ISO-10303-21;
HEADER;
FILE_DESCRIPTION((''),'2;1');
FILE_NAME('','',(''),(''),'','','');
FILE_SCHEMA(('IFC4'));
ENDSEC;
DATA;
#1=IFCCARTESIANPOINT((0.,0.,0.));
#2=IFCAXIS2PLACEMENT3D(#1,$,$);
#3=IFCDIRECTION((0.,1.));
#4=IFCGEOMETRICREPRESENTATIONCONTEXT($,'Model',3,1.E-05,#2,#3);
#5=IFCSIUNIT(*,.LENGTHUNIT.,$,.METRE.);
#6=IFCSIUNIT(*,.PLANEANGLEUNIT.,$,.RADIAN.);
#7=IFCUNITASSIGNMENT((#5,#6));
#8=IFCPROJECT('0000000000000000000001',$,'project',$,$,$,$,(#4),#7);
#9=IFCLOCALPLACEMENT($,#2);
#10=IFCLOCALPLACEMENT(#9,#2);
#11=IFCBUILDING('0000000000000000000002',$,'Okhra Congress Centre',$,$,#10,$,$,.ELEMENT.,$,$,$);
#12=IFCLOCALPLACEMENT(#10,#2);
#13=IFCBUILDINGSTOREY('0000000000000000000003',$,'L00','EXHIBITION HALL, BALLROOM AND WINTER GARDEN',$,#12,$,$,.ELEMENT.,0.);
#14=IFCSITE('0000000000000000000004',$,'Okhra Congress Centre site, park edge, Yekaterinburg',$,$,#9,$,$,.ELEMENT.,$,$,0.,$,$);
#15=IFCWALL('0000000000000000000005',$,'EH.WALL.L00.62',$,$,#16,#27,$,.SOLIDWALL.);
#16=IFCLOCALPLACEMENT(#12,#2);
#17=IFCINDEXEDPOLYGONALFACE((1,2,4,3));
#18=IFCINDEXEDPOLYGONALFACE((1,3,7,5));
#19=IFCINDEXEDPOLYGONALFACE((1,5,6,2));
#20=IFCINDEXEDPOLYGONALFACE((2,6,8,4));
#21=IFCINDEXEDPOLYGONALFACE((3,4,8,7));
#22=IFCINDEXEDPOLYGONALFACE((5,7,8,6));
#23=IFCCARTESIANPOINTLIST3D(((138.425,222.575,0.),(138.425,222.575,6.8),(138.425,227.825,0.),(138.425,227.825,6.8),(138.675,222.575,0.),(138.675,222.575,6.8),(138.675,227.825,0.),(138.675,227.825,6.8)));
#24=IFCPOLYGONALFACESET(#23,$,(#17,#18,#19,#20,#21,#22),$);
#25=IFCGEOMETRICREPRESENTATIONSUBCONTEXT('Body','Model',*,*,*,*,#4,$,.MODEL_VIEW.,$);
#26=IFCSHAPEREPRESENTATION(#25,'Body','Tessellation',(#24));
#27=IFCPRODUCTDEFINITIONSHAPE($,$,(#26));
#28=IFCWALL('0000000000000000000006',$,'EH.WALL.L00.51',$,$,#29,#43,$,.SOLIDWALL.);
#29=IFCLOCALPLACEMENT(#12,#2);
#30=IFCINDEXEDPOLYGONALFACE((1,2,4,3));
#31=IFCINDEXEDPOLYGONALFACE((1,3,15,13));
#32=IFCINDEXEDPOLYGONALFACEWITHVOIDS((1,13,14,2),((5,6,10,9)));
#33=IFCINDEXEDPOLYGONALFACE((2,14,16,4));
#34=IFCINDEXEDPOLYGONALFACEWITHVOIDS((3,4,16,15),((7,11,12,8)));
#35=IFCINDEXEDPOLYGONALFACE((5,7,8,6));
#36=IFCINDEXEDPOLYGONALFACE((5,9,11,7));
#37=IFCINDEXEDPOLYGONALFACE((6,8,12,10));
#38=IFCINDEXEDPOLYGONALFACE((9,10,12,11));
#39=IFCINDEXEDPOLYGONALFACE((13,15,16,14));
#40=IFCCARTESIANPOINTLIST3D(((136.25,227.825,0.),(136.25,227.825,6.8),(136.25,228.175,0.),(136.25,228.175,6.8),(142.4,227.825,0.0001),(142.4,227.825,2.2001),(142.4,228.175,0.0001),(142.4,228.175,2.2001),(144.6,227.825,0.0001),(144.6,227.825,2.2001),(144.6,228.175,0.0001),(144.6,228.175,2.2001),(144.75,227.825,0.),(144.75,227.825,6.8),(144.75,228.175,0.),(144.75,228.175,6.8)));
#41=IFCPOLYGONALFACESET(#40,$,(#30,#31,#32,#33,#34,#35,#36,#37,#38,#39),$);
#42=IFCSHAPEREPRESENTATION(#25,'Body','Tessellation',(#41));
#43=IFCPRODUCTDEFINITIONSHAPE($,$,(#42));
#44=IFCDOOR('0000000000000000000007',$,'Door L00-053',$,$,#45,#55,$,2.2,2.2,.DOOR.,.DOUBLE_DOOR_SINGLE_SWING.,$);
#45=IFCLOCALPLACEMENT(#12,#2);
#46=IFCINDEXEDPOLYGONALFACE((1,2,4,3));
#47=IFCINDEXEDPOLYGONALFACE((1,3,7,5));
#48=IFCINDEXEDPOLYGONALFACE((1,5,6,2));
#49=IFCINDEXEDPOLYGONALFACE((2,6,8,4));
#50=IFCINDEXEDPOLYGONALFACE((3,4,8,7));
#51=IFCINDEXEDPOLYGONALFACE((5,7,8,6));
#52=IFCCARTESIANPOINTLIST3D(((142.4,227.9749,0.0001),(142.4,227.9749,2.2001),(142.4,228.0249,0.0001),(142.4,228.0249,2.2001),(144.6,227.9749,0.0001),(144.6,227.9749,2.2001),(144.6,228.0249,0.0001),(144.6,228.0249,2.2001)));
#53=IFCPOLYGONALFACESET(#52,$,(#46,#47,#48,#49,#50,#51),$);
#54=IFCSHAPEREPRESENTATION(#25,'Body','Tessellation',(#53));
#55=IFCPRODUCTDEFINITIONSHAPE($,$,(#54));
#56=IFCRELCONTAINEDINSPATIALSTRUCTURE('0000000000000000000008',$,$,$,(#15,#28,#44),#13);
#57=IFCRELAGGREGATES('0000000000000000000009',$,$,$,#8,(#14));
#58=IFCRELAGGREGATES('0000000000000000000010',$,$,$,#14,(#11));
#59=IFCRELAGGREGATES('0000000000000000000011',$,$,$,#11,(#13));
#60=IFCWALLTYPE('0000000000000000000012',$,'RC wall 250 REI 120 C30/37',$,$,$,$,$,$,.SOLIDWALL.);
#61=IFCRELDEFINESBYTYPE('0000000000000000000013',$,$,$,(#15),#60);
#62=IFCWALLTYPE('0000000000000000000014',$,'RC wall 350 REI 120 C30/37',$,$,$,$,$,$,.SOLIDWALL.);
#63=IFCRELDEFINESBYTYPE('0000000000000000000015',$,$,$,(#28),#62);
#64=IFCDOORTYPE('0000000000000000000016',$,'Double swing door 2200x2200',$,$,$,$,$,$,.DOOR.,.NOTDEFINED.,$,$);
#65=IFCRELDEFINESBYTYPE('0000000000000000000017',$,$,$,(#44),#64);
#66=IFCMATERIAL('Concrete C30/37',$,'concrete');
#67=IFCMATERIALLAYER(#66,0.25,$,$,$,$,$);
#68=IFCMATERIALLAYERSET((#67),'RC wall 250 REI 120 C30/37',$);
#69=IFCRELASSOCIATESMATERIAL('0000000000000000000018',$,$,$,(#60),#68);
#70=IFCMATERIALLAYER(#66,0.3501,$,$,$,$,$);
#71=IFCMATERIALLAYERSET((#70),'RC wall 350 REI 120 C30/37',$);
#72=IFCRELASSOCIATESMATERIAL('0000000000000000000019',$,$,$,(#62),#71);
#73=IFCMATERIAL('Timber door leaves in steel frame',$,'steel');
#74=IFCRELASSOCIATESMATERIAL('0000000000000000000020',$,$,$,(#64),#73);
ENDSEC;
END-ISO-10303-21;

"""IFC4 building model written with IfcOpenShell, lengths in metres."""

from ifc_helpers import new_model, si_unit, direction, frame, frame_2d, origin, place, context, subcontext, project, spatial, rectangle, extrude, material, layer, layer_set, type_object, element, fill, save


model = new_model("IFC4")

# Units and contexts
model_context = context("Model", 3, precision=1e-05, world=origin(), true_north=direction((0.0, 1.0)))
body_context = subcontext(model_context, "Body", "Model", "MODEL_VIEW")
ifc_project = project(units=[si_unit("LENGTHUNIT", "METRE"), si_unit("PLANEANGLEUNIT", "RADIAN")], contexts=[model_context])

# Site, building, storey
site_placement = place(None, origin())
site = spatial("IfcSite", under=ifc_project, at=site_placement, Name="Okhra Congress Centre site, park edge, Yekaterinburg", CompositionType="ELEMENT", RefElevation=0.0)
building_placement = place(site_placement, origin())
building = spatial("IfcBuilding", under=site, at=building_placement, Name="Okhra Congress Centre", CompositionType="ELEMENT")
storey_placement = place(building_placement, origin())
storey = spatial("IfcBuildingStorey", under=building, at=storey_placement, Name="L00", Description="EXHIBITION HALL, BALLROOM AND WINTER GARDEN", CompositionType="ELEMENT", Elevation=0.0)

# Shared definitions
ifc_material_1 = material(Name="Concrete C30/37", Category="concrete")

# Shared definitions
ifc_material_2 = material(Name="Timber door leaves in steel frame", Category="steel")

# Shared definitions
ifc_layer_1 = layer(ifc_material_1, 0.25)
ifc_layer_set_1 = layer_set([ifc_layer_1], Name="RC wall 250 REI 120 C30/37")
wall_type_1 = type_object("IfcWallType", Name="RC wall 250 REI 120 C30/37", PredefinedType="SOLIDWALL", material=ifc_layer_set_1)

# Wall
wall_1_placement = place(storey_placement, frame((138.55, 222.575, 0.0), z_axis=(0.0, 0.0, 1.0), x_axis=(0.0, 1.0, 0.0)))
element("IfcWall", 1, at=wall_1_placement, inside=storey, type_object=wall_type_1, Name="EH.WALL.L00.62", PredefinedType="SOLIDWALL", context=body_context, shape_type="SweptSolid", body=[
    extrude(rectangle(XDim=5.25, YDim=0.25, at=frame_2d((2.625, 0.0))), origin(), (0.0, 0.0, 1.0), 6.8),
])

# Wall, opening, door
ifc_layer_2 = layer(ifc_material_1, 0.3501)
ifc_layer_set_2 = layer_set([ifc_layer_2], Name="RC wall 350 REI 120 C30/37")
wall_type_2 = type_object("IfcWallType", Name="RC wall 350 REI 120 C30/37", PredefinedType="SOLIDWALL", material=ifc_layer_set_2)
wall_2_placement = place(storey_placement, frame((136.25, 228.0, 0.0), z_axis=(0.0, 0.0, 1.0), x_axis=(1.0, 0.0, 0.0)))
wall_2 = element("IfcWall", 2, at=wall_2_placement, inside=storey, type_object=wall_type_2, Name="EH.WALL.L00.51", PredefinedType="SOLIDWALL", context=body_context, shape_type="SweptSolid", body=[
    extrude(rectangle(XDim=8.5, YDim=0.3501, at=frame_2d((4.25, 0.0))), origin(), (0.0, 0.0, 1.0), 6.8),
])
opening_1_placement = place(wall_2_placement, frame((6.1499, 0.0, 0.0)))
opening_1 = element("IfcOpeningElement", 3, at=opening_1_placement, cuts=wall_2, PredefinedType="OPENING", context=body_context, shape_type="SweptSolid", body=[
    extrude(rectangle(XDim=2.2, YDim=2.2, at=frame_2d((1.1001, 1.1001))), frame((0.0, 0.1851, 0.0), z_axis=(0.0, -1.0, 0.0), x_axis=(1.0, 0.0, 0.0)), (0.0, 0.0, 1.0), 0.3701),
])
door_type_1 = type_object("IfcDoorType", Name="Double swing door 2200x2200", OperationType="NOTDEFINED", PredefinedType="DOOR", material=ifc_material_2)
door_1_placement = place(opening_1_placement, origin())
door_1 = element("IfcDoor", 4, at=door_1_placement, inside=storey, type_object=door_type_1, Name="Door L00-053", OperationType="DOUBLE_DOOR_SINGLE_SWING", OverallHeight=2.2, OverallWidth=2.2, PredefinedType="DOOR", context=body_context, shape_type="SweptSolid", body=[
    extrude(rectangle(XDim=2.2, YDim=2.2, at=frame_2d((1.1001, 1.1001))), frame((0.0, 0.0249, 0.0), z_axis=(0.0, -1.0, 0.0), x_axis=(1.0, 0.0, 0.0)), (0.0, 0.0, 1.0), 0.05),
])
fill(opening_1, door_1)

save(model, "model.ifc")
